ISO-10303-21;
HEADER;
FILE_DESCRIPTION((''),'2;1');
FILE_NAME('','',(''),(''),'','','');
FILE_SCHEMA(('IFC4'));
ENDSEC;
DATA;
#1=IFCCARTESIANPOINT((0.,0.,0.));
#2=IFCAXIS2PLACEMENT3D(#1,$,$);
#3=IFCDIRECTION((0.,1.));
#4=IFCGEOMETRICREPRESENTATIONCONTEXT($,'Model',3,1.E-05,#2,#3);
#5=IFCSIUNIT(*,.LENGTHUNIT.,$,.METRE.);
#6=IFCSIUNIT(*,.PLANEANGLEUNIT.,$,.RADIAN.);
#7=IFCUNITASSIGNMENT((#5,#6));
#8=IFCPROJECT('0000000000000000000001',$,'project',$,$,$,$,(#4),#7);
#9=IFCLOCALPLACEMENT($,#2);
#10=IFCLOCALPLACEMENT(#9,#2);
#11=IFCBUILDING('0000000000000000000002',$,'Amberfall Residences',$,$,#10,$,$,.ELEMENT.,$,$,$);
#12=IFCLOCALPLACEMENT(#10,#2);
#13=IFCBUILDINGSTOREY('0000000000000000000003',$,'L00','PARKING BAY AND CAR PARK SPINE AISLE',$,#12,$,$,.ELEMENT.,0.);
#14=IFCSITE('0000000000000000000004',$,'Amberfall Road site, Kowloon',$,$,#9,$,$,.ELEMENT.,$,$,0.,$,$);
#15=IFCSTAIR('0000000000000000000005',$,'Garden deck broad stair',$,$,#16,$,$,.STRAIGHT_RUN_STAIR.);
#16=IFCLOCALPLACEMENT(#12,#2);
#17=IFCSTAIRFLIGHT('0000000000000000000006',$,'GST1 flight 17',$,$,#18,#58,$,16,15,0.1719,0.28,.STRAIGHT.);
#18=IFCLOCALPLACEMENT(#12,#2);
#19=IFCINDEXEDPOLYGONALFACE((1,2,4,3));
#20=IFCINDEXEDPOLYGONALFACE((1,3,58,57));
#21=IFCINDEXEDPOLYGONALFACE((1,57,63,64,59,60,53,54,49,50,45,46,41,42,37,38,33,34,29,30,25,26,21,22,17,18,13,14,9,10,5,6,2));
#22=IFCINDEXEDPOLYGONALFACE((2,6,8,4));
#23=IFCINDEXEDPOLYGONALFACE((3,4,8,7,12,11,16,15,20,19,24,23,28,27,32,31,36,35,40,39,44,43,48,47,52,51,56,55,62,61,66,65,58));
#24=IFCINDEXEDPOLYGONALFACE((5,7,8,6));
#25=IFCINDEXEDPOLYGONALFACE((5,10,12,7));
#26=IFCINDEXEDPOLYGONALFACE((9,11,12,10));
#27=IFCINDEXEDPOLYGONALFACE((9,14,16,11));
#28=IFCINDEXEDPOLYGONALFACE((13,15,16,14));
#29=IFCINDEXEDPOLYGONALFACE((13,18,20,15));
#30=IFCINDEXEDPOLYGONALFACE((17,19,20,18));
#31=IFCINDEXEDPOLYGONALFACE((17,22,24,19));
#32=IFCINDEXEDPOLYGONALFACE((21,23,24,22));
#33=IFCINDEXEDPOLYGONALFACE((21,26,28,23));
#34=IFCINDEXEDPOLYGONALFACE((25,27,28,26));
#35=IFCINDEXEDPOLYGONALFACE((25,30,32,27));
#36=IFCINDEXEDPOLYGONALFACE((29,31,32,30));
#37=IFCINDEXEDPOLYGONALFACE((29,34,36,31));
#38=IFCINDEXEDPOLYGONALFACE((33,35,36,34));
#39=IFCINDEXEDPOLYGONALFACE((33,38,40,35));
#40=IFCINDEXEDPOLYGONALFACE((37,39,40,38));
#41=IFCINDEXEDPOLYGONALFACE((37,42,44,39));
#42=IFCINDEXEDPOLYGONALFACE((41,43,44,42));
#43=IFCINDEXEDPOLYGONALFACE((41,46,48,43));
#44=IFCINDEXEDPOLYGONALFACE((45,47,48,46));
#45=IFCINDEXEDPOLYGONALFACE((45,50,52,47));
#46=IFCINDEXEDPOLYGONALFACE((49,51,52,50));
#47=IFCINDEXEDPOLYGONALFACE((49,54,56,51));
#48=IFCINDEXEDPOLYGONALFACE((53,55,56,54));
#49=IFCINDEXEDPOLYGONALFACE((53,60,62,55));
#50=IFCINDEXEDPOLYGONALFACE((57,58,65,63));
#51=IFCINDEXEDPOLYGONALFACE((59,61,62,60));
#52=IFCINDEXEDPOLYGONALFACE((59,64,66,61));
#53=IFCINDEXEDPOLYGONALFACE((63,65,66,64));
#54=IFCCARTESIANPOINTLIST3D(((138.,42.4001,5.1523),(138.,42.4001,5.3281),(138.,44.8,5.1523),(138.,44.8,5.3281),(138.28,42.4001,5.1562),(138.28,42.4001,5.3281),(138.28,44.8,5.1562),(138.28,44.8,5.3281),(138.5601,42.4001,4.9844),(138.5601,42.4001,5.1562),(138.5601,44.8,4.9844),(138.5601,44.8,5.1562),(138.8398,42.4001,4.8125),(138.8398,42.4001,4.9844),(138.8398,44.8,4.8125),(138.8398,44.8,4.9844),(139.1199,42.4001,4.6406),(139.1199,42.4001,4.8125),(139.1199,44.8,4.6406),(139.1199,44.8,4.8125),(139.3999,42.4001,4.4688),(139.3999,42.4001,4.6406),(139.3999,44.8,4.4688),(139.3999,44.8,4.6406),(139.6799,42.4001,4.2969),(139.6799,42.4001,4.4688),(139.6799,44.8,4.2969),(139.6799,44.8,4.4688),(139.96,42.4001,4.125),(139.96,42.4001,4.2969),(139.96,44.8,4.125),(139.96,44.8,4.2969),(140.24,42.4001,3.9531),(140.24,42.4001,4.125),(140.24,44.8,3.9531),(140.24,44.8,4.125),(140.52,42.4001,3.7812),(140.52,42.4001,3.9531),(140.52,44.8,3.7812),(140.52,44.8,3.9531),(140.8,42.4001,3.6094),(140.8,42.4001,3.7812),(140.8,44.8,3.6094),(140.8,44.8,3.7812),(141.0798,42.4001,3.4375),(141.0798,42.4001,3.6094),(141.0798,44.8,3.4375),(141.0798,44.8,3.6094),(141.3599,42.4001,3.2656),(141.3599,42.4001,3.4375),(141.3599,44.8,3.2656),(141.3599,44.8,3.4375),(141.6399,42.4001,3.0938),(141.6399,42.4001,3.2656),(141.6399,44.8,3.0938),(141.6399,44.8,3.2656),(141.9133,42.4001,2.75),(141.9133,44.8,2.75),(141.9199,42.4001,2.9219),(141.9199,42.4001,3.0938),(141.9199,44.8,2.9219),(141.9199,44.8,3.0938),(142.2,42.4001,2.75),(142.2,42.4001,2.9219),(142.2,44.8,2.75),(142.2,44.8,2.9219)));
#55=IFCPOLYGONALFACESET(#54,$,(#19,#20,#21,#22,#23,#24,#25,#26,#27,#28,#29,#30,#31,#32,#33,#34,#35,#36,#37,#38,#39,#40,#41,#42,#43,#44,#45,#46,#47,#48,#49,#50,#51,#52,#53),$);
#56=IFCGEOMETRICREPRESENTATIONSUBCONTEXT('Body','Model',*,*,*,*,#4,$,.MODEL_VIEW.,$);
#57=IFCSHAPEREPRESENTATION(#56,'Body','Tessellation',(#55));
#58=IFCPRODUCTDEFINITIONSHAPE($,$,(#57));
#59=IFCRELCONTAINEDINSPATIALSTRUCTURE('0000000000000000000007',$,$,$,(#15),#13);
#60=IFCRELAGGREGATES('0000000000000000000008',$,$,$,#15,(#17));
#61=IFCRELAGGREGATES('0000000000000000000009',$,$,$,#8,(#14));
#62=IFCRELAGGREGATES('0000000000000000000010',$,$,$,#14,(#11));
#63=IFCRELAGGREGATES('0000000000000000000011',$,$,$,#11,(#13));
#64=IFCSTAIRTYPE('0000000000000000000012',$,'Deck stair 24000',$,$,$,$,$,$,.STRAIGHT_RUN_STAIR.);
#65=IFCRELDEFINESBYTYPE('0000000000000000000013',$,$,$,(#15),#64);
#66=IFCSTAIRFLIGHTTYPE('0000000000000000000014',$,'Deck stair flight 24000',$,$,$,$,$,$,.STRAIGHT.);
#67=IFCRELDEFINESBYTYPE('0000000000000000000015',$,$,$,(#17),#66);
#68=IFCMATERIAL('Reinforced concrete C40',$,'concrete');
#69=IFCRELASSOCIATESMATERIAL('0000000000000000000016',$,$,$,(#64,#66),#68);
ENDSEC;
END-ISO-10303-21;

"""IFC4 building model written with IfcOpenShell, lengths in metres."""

from ifc_helpers import new_model, si_unit, direction, frame, origin, place, context, subcontext, project, spatial, polyline, outline, extrude, material, type_object, element, aggregate, save


model = new_model("IFC4")

# Units and contexts
model_context = context("Model", 3, precision=1e-05, world=origin(), true_north=direction((0.0, 1.0)))
body_context = subcontext(model_context, "Body", "Model", "MODEL_VIEW")
ifc_project = project(units=[si_unit("LENGTHUNIT", "METRE"), si_unit("PLANEANGLEUNIT", "RADIAN")], contexts=[model_context])

# Site, building, storey
site_placement = place(None, origin())
site = spatial("IfcSite", under=ifc_project, at=site_placement, Name="Amberfall Road site, Kowloon", CompositionType="ELEMENT", RefElevation=0.0)
building_placement = place(site_placement, origin())
building = spatial("IfcBuilding", under=site, at=building_placement, Name="Amberfall Residences", CompositionType="ELEMENT")
storey_placement = place(building_placement, origin())
storey = spatial("IfcBuildingStorey", under=building, at=storey_placement, Name="L00", Description="PARKING BAY AND CAR PARK SPINE AISLE", CompositionType="ELEMENT", Elevation=0.0)

# Shared definitions
ifc_material_1 = material(Name="Reinforced concrete C40", Category="concrete")

# Stair, stair flight
stair_type = type_object("IfcStairType", Name="Deck stair 24000", PredefinedType="STRAIGHT_RUN_STAIR", material=ifc_material_1)
stair_placement = place(storey_placement, origin())
stair = element("IfcStair", 1, at=stair_placement, inside=storey, type_object=stair_type, Name="Garden deck broad stair", PredefinedType="STRAIGHT_RUN_STAIR")
stair_flight_type = type_object("IfcStairFlightType", Name="Deck stair flight 24000", PredefinedType="STRAIGHT", material=ifc_material_1)
stair_flight_1_placement = place(storey_placement, frame((142.2, 43.6001, 2.75), z_axis=(0.0, 0.0, 1.0), x_axis=(-1.0, 0.0, 0.0)))
stair_flight_1 = element("IfcStairFlight", 2, at=stair_flight_1_placement, type_object=stair_flight_type, Name="GST1 flight 17", NumberOfRisers=16, NumberOfTreads=15, PredefinedType="STRAIGHT", RiserHeight=0.1719, TreadLength=0.28, context=body_context, shape_type="SweptSolid", body=[
    extrude(outline(polyline([(0.0, 0.0), (0.0, 0.1719), (0.28, 0.1719), (0.28, 0.3438), (0.5601, 0.3438), (0.5601, 0.5156), (0.8401, 0.5156), (0.8401, 0.6875), (1.1201, 0.6875), (1.1201, 0.8594), (1.3999, 0.8594), (1.3999, 1.0312), (1.6799, 1.0312), (1.6799, 1.2031), (1.96, 1.2031), (1.96, 1.375), (2.24, 1.375), (2.24, 1.5469), (2.52, 1.5469), (2.52, 1.7188), (2.8, 1.7188), (2.8, 1.8906), (3.0801, 1.8906), (3.0801, 2.0625), (3.3601, 2.0625), (3.3601, 2.2344), (3.6399, 2.2344), (3.6399, 2.4062), (3.9199, 2.4062), (3.9199, 2.5781), (4.2, 2.5781), (4.2, 2.75), (4.2, 2.4023), (0.2866, 0.0), (0.0, 0.0)])), frame((0.0, 1.2, 0.0), z_axis=(0.0, -1.0, 0.0), x_axis=(1.0, 0.0, 0.0)), (0.0, 0.0, 1.0), 2.3999),
])
aggregate(stair, [stair_flight_1])

save(model, "model.ifc")
